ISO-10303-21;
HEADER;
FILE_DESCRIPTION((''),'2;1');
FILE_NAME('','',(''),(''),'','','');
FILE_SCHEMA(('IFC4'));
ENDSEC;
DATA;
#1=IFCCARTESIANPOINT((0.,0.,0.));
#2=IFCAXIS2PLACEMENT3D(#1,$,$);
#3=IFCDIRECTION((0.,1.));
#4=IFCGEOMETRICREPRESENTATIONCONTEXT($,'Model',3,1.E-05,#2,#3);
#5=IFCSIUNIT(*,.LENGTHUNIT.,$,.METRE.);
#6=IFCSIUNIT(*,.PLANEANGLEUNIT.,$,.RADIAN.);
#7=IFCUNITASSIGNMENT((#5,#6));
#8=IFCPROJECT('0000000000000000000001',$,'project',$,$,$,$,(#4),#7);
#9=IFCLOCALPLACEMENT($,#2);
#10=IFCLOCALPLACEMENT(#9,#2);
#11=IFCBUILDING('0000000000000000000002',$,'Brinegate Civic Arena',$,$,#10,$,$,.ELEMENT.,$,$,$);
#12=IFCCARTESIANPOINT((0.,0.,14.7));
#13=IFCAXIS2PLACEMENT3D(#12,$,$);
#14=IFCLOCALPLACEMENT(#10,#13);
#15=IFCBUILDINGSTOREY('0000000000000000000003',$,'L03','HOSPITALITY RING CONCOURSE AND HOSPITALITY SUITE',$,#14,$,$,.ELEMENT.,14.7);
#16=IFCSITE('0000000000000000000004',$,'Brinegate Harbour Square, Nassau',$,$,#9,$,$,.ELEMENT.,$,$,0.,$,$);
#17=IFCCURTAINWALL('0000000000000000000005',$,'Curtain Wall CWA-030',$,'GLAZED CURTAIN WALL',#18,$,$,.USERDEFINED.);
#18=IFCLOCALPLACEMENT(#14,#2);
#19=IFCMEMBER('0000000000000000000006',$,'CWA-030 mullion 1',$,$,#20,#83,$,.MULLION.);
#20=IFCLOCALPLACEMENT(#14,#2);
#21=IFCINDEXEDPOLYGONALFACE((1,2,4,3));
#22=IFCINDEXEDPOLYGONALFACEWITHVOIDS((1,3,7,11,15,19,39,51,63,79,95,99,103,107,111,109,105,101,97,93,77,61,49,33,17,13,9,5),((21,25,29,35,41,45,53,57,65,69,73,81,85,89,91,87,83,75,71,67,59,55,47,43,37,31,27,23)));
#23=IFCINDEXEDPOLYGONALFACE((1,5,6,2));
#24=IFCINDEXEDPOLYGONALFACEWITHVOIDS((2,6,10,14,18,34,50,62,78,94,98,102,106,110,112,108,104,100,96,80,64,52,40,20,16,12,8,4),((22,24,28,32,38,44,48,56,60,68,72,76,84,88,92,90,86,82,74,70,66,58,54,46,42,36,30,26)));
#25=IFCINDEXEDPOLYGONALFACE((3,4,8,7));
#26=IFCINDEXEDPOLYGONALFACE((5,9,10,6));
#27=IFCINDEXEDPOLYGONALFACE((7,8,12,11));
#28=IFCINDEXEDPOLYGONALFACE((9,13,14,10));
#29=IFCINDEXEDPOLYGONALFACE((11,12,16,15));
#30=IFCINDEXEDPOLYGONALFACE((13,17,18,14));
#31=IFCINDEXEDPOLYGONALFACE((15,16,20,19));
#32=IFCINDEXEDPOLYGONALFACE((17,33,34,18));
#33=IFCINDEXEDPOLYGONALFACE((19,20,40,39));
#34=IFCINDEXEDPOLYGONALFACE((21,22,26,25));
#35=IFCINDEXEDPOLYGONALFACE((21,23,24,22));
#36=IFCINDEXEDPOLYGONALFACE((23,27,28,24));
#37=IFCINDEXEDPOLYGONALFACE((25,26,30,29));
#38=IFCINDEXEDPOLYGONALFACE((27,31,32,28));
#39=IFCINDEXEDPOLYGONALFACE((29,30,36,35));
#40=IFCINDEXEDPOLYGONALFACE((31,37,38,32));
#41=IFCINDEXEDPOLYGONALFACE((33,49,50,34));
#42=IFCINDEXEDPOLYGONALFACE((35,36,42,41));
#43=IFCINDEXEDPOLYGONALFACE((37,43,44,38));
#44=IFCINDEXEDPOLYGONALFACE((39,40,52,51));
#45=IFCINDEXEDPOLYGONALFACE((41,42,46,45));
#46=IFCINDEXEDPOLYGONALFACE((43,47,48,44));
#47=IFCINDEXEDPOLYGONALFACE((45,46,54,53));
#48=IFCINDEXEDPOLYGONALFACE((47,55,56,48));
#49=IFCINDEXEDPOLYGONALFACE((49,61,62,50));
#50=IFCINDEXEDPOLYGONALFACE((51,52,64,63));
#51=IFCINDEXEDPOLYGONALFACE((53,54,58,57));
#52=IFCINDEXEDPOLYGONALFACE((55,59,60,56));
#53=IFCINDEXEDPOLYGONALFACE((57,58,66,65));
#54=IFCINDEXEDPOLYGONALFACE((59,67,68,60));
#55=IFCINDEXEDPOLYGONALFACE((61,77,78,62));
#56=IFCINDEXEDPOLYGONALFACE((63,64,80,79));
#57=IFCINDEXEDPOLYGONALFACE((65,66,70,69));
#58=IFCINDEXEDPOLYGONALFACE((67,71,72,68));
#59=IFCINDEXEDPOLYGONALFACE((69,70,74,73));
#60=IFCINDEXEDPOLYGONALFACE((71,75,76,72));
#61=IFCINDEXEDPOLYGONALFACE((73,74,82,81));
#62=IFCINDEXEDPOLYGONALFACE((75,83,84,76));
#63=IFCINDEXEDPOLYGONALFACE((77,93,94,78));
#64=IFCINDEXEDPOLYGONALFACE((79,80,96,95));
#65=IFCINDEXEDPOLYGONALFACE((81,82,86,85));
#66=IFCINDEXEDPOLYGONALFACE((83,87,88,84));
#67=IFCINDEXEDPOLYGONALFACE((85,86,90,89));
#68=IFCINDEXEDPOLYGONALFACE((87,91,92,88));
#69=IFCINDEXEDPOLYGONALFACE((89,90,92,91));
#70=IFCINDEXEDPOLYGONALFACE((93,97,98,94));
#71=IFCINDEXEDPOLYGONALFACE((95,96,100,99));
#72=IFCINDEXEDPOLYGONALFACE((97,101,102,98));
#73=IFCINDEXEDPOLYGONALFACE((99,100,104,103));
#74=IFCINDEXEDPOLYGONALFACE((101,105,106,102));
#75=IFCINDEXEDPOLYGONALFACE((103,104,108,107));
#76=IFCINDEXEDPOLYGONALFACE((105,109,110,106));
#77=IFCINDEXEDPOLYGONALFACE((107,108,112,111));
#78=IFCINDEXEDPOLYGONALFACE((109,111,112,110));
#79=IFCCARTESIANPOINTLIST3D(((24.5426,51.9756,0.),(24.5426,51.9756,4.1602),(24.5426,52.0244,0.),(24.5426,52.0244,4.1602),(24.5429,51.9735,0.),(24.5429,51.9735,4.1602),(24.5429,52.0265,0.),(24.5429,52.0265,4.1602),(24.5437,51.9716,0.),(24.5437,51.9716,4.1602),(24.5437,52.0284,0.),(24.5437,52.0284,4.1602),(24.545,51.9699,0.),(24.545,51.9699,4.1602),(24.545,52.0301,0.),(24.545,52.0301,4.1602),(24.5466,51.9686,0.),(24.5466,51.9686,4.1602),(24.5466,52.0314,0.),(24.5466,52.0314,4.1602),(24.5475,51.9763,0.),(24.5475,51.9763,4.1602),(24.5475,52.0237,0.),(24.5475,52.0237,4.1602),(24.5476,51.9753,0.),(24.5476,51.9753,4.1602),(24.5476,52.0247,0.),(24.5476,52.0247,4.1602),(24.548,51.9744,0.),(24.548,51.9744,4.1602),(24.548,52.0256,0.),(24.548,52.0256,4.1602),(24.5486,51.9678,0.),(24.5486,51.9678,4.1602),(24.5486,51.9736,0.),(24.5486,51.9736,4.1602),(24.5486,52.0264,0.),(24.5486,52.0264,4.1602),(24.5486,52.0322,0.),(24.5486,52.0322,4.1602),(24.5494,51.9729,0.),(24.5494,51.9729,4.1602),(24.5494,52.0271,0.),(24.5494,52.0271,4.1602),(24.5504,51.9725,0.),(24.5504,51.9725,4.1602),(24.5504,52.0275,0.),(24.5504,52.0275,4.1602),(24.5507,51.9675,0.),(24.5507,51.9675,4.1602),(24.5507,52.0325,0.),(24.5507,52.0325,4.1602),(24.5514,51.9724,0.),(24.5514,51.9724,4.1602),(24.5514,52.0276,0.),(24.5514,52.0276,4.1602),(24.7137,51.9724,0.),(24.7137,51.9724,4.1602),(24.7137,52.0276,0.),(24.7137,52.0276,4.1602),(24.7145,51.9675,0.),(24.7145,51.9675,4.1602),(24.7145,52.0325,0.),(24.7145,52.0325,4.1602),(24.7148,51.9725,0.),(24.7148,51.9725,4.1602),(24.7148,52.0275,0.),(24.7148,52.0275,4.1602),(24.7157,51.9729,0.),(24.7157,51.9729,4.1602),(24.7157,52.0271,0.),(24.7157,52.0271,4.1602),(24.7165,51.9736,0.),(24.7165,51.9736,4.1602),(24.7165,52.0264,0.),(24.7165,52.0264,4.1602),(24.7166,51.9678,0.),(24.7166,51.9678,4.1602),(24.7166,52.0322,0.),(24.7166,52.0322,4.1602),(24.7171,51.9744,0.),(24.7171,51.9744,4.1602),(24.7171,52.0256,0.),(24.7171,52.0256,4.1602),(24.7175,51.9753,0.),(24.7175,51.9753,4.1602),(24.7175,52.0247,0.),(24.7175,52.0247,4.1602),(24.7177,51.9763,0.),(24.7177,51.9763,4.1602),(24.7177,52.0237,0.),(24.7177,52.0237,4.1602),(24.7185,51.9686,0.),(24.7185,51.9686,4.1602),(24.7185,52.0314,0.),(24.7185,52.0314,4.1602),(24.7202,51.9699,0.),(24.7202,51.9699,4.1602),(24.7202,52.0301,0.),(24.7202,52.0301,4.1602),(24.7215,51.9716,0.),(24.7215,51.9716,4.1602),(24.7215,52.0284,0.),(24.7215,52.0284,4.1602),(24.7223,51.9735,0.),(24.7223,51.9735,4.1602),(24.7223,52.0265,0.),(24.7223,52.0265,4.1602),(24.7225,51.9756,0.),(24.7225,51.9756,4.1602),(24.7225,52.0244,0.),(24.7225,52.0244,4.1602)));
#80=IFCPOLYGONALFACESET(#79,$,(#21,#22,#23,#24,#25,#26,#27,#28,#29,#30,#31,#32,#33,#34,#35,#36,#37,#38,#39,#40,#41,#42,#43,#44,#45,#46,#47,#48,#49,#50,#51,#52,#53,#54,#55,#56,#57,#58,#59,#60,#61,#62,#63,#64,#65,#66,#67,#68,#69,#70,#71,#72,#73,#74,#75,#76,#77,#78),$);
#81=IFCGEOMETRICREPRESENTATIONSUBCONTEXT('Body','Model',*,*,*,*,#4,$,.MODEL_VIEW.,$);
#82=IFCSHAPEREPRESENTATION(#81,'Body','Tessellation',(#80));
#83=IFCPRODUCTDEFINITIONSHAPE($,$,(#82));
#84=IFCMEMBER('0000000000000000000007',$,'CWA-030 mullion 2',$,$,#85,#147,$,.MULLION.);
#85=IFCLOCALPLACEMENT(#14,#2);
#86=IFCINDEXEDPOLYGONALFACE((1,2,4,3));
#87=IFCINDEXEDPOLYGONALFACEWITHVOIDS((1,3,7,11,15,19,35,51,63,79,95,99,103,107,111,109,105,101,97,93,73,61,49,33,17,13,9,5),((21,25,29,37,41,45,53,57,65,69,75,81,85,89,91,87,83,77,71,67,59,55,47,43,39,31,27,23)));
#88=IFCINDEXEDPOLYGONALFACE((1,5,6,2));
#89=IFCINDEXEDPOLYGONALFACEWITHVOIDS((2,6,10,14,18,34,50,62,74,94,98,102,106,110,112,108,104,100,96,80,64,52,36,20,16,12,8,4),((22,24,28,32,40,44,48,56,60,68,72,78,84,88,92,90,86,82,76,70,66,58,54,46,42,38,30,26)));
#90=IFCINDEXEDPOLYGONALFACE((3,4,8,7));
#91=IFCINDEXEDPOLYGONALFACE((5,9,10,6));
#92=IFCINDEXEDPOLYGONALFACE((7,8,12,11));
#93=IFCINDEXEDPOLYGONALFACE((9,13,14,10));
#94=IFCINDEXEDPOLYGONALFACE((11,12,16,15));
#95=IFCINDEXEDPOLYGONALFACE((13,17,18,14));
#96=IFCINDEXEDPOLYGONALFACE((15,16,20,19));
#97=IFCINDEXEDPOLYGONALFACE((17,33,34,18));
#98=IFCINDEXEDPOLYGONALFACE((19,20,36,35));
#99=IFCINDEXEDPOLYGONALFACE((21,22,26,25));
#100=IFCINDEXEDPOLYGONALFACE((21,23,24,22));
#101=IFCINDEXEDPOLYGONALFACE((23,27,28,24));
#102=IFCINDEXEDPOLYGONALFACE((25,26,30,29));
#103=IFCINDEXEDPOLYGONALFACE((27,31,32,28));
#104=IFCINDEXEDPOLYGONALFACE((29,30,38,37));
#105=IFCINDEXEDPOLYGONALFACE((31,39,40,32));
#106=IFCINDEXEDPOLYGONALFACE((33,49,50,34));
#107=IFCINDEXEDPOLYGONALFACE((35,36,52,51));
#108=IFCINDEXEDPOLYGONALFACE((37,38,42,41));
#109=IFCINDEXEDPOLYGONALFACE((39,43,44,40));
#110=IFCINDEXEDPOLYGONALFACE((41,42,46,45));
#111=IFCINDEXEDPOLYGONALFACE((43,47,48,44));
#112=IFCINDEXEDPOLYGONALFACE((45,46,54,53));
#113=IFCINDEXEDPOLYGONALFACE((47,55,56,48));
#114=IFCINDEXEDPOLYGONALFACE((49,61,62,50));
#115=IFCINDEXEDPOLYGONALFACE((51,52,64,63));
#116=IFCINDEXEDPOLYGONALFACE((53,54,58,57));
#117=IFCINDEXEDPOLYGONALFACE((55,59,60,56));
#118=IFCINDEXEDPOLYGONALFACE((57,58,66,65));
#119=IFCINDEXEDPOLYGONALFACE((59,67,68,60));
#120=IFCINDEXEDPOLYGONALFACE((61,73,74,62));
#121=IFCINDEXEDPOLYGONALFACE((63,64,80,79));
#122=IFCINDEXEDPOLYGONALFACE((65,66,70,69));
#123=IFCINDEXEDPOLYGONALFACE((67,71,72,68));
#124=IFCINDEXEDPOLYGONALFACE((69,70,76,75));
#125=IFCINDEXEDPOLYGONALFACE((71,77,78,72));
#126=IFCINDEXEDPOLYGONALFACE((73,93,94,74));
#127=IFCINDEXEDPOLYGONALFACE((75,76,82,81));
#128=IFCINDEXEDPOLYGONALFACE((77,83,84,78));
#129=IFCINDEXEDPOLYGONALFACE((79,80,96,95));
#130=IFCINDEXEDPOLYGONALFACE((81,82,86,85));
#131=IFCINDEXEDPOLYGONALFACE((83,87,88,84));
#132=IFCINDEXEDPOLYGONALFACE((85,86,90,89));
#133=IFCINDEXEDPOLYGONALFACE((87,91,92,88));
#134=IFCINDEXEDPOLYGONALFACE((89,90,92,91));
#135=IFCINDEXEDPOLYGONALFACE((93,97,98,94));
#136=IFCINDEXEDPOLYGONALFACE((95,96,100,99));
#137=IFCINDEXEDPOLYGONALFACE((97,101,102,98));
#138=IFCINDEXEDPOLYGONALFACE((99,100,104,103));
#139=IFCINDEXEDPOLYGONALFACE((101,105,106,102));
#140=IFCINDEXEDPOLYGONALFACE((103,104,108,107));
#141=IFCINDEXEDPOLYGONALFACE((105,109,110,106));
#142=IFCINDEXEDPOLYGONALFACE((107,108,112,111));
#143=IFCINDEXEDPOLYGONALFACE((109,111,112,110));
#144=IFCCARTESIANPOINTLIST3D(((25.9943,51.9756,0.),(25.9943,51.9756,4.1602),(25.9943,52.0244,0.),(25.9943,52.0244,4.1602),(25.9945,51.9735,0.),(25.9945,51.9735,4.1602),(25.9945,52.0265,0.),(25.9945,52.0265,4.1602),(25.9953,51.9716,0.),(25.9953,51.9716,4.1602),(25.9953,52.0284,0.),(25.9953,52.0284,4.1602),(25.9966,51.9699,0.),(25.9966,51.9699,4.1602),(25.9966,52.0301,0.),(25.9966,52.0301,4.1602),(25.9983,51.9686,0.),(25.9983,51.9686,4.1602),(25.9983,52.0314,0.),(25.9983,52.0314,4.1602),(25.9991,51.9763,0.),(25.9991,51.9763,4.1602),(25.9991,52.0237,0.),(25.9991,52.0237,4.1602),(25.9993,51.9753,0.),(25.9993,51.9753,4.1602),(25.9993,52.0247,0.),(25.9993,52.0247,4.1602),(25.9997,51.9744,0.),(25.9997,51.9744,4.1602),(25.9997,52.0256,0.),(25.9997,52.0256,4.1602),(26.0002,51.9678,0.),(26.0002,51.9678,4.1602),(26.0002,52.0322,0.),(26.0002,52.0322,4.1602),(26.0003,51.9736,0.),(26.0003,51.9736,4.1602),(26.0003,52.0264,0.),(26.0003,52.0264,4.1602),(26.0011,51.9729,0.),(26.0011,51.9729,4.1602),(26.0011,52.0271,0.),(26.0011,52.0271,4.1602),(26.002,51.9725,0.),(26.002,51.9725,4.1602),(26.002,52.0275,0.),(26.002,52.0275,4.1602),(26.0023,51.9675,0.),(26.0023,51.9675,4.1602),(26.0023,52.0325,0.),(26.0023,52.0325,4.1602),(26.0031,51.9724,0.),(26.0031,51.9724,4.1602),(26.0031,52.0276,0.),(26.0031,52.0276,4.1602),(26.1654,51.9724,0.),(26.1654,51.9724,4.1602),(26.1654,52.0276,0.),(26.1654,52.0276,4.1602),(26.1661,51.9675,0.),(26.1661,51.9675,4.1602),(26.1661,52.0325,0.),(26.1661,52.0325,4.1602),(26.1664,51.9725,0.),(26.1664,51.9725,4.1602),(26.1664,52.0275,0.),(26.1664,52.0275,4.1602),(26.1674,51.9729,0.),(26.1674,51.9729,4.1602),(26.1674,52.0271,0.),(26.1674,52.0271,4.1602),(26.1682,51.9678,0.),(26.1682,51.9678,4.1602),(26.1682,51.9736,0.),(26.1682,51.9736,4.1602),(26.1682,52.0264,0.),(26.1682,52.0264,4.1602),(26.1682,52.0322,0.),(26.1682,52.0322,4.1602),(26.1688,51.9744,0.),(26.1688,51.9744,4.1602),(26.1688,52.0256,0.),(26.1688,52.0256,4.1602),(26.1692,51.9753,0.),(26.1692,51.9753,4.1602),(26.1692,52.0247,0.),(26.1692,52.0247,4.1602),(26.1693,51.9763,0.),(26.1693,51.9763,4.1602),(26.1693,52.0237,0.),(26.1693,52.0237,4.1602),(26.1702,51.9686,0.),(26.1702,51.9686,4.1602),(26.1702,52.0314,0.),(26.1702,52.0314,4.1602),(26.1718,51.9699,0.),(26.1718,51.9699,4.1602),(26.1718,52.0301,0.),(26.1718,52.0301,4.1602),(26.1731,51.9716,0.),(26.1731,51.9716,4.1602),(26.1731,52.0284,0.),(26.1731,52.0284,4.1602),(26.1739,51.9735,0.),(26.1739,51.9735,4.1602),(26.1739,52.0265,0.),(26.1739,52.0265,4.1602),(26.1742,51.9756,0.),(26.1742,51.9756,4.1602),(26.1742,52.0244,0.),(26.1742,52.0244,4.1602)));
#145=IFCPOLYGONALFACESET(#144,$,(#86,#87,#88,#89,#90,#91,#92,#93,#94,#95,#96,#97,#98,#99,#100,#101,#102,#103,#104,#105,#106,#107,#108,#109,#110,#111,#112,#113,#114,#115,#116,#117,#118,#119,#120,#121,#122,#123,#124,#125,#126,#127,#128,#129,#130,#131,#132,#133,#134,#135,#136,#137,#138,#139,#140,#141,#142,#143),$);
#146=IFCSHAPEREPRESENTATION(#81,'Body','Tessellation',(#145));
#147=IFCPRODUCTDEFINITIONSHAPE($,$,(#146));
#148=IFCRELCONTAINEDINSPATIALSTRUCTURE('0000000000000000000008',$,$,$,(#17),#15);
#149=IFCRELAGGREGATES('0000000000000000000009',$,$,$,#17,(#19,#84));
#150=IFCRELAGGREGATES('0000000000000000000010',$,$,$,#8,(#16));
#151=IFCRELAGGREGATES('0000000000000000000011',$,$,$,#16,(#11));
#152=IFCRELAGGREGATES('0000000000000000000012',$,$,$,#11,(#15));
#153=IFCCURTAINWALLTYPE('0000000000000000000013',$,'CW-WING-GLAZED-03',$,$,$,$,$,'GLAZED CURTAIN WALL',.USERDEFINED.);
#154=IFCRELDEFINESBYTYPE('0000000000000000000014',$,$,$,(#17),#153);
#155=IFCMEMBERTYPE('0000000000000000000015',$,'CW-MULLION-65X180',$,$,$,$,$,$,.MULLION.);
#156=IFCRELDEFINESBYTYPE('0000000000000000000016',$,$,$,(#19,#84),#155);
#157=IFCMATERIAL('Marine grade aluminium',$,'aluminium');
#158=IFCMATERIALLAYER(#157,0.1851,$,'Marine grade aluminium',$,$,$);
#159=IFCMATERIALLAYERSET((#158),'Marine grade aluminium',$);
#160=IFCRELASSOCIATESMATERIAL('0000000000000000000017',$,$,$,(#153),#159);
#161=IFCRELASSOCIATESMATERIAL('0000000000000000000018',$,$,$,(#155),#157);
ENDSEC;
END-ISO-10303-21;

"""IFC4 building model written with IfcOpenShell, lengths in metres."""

from ifc_helpers import new_model, si_unit, direction, frame, origin, origin_2d, place, context, subcontext, project, spatial, hollow_rectangle, extrude, material, layer, layer_set, material_profile, profile_set, type_object, element, aggregate, save


model = new_model("IFC4")

# Units and contexts
model_context = context("Model", 3, precision=1e-05, world=origin(), true_north=direction((0.0, 1.0)))
body_context = subcontext(model_context, "Body", "Model", "MODEL_VIEW")
ifc_project = project(units=[si_unit("LENGTHUNIT", "METRE"), si_unit("PLANEANGLEUNIT", "RADIAN")], contexts=[model_context])

# Site, building, storey
site_placement = place(None, origin())
site = spatial("IfcSite", under=ifc_project, at=site_placement, Name="Brinegate Harbour Square, Nassau", CompositionType="ELEMENT", RefElevation=0.0)
building_placement = place(site_placement, origin())
building = spatial("IfcBuilding", under=site, at=building_placement, Name="Brinegate Civic Arena", CompositionType="ELEMENT")
storey_placement = place(building_placement, frame((0.0, 0.0, 14.7)))
storey = spatial("IfcBuildingStorey", under=building, at=storey_placement, Name="L03", Description="HOSPITALITY RING CONCOURSE AND HOSPITALITY SUITE", CompositionType="ELEMENT", Elevation=14.7)

# Curtain wall, members
ifc_material_1 = material(Name="Marine grade aluminium", Category="aluminium")
ifc_layer_1 = layer(ifc_material_1, 0.1851, Name="Marine grade aluminium")
ifc_layer_set_1 = layer_set([ifc_layer_1], Name="Marine grade aluminium")
curtain_wall_type = type_object("IfcCurtainWallType", Name="CW-WING-GLAZED-03", ElementType="GLAZED CURTAIN WALL", PredefinedType="USERDEFINED", material=ifc_layer_set_1)
curtain_wall_1_placement = place(storey_placement, origin())
curtain_wall_1 = element("IfcCurtainWall", 1, at=curtain_wall_1_placement, inside=storey, type_object=curtain_wall_type, Name="Curtain Wall CWA-030", ObjectType="GLAZED CURTAIN WALL", PredefinedType="USERDEFINED")
ifc_material_profile_1 = material_profile(ifc_material_1, hollow_rectangle(XDim=0.0649, YDim=0.1799, WallThickness=0.0049, InnerFilletRadius=0.0039, OuterFilletRadius=0.0081, at=origin_2d()), Name="MUL65X180")
ifc_profile_set_1 = profile_set([ifc_material_profile_1], Name="Marine grade aluminium")
member_type_1 = type_object("IfcMemberType", Name="CW-MULLION-65X180", PredefinedType="MULLION", material=ifc_profile_set_1)
member_1_placement = place(storey_placement, frame((24.6326, 52.0, 0.0), z_axis=(0.0, 0.0, 1.0), x_axis=(0.0, 1.0, 0.0)))
member_1 = element("IfcMember", 2, at=member_1_placement, type_object=member_type_1, Name="CWA-030 mullion 1", PredefinedType="MULLION", context=body_context, shape_type="SweptSolid", body=[
    extrude(hollow_rectangle(XDim=0.0649, YDim=0.1799, WallThickness=0.0049, InnerFilletRadius=0.0039, OuterFilletRadius=0.0081, at=origin_2d()), origin(), (0.0, 0.0, 1.0), 4.1602),
])
member_2_placement = place(storey_placement, frame((26.0842, 52.0, 0.0), z_axis=(0.0, 0.0, 1.0), x_axis=(0.0, 1.0, 0.0)))
member_2 = element("IfcMember", 3, at=member_2_placement, type_object=member_type_1, Name="CWA-030 mullion 2", PredefinedType="MULLION", context=body_context, shape_type="SweptSolid", body=[
    extrude(hollow_rectangle(XDim=0.0649, YDim=0.1799, WallThickness=0.0049, InnerFilletRadius=0.0039, OuterFilletRadius=0.0081, at=origin_2d()), origin(), (0.0, 0.0, 1.0), 4.1602),
])

aggregate(curtain_wall_1, [member_1, member_2])

save(model, "model.ifc")
